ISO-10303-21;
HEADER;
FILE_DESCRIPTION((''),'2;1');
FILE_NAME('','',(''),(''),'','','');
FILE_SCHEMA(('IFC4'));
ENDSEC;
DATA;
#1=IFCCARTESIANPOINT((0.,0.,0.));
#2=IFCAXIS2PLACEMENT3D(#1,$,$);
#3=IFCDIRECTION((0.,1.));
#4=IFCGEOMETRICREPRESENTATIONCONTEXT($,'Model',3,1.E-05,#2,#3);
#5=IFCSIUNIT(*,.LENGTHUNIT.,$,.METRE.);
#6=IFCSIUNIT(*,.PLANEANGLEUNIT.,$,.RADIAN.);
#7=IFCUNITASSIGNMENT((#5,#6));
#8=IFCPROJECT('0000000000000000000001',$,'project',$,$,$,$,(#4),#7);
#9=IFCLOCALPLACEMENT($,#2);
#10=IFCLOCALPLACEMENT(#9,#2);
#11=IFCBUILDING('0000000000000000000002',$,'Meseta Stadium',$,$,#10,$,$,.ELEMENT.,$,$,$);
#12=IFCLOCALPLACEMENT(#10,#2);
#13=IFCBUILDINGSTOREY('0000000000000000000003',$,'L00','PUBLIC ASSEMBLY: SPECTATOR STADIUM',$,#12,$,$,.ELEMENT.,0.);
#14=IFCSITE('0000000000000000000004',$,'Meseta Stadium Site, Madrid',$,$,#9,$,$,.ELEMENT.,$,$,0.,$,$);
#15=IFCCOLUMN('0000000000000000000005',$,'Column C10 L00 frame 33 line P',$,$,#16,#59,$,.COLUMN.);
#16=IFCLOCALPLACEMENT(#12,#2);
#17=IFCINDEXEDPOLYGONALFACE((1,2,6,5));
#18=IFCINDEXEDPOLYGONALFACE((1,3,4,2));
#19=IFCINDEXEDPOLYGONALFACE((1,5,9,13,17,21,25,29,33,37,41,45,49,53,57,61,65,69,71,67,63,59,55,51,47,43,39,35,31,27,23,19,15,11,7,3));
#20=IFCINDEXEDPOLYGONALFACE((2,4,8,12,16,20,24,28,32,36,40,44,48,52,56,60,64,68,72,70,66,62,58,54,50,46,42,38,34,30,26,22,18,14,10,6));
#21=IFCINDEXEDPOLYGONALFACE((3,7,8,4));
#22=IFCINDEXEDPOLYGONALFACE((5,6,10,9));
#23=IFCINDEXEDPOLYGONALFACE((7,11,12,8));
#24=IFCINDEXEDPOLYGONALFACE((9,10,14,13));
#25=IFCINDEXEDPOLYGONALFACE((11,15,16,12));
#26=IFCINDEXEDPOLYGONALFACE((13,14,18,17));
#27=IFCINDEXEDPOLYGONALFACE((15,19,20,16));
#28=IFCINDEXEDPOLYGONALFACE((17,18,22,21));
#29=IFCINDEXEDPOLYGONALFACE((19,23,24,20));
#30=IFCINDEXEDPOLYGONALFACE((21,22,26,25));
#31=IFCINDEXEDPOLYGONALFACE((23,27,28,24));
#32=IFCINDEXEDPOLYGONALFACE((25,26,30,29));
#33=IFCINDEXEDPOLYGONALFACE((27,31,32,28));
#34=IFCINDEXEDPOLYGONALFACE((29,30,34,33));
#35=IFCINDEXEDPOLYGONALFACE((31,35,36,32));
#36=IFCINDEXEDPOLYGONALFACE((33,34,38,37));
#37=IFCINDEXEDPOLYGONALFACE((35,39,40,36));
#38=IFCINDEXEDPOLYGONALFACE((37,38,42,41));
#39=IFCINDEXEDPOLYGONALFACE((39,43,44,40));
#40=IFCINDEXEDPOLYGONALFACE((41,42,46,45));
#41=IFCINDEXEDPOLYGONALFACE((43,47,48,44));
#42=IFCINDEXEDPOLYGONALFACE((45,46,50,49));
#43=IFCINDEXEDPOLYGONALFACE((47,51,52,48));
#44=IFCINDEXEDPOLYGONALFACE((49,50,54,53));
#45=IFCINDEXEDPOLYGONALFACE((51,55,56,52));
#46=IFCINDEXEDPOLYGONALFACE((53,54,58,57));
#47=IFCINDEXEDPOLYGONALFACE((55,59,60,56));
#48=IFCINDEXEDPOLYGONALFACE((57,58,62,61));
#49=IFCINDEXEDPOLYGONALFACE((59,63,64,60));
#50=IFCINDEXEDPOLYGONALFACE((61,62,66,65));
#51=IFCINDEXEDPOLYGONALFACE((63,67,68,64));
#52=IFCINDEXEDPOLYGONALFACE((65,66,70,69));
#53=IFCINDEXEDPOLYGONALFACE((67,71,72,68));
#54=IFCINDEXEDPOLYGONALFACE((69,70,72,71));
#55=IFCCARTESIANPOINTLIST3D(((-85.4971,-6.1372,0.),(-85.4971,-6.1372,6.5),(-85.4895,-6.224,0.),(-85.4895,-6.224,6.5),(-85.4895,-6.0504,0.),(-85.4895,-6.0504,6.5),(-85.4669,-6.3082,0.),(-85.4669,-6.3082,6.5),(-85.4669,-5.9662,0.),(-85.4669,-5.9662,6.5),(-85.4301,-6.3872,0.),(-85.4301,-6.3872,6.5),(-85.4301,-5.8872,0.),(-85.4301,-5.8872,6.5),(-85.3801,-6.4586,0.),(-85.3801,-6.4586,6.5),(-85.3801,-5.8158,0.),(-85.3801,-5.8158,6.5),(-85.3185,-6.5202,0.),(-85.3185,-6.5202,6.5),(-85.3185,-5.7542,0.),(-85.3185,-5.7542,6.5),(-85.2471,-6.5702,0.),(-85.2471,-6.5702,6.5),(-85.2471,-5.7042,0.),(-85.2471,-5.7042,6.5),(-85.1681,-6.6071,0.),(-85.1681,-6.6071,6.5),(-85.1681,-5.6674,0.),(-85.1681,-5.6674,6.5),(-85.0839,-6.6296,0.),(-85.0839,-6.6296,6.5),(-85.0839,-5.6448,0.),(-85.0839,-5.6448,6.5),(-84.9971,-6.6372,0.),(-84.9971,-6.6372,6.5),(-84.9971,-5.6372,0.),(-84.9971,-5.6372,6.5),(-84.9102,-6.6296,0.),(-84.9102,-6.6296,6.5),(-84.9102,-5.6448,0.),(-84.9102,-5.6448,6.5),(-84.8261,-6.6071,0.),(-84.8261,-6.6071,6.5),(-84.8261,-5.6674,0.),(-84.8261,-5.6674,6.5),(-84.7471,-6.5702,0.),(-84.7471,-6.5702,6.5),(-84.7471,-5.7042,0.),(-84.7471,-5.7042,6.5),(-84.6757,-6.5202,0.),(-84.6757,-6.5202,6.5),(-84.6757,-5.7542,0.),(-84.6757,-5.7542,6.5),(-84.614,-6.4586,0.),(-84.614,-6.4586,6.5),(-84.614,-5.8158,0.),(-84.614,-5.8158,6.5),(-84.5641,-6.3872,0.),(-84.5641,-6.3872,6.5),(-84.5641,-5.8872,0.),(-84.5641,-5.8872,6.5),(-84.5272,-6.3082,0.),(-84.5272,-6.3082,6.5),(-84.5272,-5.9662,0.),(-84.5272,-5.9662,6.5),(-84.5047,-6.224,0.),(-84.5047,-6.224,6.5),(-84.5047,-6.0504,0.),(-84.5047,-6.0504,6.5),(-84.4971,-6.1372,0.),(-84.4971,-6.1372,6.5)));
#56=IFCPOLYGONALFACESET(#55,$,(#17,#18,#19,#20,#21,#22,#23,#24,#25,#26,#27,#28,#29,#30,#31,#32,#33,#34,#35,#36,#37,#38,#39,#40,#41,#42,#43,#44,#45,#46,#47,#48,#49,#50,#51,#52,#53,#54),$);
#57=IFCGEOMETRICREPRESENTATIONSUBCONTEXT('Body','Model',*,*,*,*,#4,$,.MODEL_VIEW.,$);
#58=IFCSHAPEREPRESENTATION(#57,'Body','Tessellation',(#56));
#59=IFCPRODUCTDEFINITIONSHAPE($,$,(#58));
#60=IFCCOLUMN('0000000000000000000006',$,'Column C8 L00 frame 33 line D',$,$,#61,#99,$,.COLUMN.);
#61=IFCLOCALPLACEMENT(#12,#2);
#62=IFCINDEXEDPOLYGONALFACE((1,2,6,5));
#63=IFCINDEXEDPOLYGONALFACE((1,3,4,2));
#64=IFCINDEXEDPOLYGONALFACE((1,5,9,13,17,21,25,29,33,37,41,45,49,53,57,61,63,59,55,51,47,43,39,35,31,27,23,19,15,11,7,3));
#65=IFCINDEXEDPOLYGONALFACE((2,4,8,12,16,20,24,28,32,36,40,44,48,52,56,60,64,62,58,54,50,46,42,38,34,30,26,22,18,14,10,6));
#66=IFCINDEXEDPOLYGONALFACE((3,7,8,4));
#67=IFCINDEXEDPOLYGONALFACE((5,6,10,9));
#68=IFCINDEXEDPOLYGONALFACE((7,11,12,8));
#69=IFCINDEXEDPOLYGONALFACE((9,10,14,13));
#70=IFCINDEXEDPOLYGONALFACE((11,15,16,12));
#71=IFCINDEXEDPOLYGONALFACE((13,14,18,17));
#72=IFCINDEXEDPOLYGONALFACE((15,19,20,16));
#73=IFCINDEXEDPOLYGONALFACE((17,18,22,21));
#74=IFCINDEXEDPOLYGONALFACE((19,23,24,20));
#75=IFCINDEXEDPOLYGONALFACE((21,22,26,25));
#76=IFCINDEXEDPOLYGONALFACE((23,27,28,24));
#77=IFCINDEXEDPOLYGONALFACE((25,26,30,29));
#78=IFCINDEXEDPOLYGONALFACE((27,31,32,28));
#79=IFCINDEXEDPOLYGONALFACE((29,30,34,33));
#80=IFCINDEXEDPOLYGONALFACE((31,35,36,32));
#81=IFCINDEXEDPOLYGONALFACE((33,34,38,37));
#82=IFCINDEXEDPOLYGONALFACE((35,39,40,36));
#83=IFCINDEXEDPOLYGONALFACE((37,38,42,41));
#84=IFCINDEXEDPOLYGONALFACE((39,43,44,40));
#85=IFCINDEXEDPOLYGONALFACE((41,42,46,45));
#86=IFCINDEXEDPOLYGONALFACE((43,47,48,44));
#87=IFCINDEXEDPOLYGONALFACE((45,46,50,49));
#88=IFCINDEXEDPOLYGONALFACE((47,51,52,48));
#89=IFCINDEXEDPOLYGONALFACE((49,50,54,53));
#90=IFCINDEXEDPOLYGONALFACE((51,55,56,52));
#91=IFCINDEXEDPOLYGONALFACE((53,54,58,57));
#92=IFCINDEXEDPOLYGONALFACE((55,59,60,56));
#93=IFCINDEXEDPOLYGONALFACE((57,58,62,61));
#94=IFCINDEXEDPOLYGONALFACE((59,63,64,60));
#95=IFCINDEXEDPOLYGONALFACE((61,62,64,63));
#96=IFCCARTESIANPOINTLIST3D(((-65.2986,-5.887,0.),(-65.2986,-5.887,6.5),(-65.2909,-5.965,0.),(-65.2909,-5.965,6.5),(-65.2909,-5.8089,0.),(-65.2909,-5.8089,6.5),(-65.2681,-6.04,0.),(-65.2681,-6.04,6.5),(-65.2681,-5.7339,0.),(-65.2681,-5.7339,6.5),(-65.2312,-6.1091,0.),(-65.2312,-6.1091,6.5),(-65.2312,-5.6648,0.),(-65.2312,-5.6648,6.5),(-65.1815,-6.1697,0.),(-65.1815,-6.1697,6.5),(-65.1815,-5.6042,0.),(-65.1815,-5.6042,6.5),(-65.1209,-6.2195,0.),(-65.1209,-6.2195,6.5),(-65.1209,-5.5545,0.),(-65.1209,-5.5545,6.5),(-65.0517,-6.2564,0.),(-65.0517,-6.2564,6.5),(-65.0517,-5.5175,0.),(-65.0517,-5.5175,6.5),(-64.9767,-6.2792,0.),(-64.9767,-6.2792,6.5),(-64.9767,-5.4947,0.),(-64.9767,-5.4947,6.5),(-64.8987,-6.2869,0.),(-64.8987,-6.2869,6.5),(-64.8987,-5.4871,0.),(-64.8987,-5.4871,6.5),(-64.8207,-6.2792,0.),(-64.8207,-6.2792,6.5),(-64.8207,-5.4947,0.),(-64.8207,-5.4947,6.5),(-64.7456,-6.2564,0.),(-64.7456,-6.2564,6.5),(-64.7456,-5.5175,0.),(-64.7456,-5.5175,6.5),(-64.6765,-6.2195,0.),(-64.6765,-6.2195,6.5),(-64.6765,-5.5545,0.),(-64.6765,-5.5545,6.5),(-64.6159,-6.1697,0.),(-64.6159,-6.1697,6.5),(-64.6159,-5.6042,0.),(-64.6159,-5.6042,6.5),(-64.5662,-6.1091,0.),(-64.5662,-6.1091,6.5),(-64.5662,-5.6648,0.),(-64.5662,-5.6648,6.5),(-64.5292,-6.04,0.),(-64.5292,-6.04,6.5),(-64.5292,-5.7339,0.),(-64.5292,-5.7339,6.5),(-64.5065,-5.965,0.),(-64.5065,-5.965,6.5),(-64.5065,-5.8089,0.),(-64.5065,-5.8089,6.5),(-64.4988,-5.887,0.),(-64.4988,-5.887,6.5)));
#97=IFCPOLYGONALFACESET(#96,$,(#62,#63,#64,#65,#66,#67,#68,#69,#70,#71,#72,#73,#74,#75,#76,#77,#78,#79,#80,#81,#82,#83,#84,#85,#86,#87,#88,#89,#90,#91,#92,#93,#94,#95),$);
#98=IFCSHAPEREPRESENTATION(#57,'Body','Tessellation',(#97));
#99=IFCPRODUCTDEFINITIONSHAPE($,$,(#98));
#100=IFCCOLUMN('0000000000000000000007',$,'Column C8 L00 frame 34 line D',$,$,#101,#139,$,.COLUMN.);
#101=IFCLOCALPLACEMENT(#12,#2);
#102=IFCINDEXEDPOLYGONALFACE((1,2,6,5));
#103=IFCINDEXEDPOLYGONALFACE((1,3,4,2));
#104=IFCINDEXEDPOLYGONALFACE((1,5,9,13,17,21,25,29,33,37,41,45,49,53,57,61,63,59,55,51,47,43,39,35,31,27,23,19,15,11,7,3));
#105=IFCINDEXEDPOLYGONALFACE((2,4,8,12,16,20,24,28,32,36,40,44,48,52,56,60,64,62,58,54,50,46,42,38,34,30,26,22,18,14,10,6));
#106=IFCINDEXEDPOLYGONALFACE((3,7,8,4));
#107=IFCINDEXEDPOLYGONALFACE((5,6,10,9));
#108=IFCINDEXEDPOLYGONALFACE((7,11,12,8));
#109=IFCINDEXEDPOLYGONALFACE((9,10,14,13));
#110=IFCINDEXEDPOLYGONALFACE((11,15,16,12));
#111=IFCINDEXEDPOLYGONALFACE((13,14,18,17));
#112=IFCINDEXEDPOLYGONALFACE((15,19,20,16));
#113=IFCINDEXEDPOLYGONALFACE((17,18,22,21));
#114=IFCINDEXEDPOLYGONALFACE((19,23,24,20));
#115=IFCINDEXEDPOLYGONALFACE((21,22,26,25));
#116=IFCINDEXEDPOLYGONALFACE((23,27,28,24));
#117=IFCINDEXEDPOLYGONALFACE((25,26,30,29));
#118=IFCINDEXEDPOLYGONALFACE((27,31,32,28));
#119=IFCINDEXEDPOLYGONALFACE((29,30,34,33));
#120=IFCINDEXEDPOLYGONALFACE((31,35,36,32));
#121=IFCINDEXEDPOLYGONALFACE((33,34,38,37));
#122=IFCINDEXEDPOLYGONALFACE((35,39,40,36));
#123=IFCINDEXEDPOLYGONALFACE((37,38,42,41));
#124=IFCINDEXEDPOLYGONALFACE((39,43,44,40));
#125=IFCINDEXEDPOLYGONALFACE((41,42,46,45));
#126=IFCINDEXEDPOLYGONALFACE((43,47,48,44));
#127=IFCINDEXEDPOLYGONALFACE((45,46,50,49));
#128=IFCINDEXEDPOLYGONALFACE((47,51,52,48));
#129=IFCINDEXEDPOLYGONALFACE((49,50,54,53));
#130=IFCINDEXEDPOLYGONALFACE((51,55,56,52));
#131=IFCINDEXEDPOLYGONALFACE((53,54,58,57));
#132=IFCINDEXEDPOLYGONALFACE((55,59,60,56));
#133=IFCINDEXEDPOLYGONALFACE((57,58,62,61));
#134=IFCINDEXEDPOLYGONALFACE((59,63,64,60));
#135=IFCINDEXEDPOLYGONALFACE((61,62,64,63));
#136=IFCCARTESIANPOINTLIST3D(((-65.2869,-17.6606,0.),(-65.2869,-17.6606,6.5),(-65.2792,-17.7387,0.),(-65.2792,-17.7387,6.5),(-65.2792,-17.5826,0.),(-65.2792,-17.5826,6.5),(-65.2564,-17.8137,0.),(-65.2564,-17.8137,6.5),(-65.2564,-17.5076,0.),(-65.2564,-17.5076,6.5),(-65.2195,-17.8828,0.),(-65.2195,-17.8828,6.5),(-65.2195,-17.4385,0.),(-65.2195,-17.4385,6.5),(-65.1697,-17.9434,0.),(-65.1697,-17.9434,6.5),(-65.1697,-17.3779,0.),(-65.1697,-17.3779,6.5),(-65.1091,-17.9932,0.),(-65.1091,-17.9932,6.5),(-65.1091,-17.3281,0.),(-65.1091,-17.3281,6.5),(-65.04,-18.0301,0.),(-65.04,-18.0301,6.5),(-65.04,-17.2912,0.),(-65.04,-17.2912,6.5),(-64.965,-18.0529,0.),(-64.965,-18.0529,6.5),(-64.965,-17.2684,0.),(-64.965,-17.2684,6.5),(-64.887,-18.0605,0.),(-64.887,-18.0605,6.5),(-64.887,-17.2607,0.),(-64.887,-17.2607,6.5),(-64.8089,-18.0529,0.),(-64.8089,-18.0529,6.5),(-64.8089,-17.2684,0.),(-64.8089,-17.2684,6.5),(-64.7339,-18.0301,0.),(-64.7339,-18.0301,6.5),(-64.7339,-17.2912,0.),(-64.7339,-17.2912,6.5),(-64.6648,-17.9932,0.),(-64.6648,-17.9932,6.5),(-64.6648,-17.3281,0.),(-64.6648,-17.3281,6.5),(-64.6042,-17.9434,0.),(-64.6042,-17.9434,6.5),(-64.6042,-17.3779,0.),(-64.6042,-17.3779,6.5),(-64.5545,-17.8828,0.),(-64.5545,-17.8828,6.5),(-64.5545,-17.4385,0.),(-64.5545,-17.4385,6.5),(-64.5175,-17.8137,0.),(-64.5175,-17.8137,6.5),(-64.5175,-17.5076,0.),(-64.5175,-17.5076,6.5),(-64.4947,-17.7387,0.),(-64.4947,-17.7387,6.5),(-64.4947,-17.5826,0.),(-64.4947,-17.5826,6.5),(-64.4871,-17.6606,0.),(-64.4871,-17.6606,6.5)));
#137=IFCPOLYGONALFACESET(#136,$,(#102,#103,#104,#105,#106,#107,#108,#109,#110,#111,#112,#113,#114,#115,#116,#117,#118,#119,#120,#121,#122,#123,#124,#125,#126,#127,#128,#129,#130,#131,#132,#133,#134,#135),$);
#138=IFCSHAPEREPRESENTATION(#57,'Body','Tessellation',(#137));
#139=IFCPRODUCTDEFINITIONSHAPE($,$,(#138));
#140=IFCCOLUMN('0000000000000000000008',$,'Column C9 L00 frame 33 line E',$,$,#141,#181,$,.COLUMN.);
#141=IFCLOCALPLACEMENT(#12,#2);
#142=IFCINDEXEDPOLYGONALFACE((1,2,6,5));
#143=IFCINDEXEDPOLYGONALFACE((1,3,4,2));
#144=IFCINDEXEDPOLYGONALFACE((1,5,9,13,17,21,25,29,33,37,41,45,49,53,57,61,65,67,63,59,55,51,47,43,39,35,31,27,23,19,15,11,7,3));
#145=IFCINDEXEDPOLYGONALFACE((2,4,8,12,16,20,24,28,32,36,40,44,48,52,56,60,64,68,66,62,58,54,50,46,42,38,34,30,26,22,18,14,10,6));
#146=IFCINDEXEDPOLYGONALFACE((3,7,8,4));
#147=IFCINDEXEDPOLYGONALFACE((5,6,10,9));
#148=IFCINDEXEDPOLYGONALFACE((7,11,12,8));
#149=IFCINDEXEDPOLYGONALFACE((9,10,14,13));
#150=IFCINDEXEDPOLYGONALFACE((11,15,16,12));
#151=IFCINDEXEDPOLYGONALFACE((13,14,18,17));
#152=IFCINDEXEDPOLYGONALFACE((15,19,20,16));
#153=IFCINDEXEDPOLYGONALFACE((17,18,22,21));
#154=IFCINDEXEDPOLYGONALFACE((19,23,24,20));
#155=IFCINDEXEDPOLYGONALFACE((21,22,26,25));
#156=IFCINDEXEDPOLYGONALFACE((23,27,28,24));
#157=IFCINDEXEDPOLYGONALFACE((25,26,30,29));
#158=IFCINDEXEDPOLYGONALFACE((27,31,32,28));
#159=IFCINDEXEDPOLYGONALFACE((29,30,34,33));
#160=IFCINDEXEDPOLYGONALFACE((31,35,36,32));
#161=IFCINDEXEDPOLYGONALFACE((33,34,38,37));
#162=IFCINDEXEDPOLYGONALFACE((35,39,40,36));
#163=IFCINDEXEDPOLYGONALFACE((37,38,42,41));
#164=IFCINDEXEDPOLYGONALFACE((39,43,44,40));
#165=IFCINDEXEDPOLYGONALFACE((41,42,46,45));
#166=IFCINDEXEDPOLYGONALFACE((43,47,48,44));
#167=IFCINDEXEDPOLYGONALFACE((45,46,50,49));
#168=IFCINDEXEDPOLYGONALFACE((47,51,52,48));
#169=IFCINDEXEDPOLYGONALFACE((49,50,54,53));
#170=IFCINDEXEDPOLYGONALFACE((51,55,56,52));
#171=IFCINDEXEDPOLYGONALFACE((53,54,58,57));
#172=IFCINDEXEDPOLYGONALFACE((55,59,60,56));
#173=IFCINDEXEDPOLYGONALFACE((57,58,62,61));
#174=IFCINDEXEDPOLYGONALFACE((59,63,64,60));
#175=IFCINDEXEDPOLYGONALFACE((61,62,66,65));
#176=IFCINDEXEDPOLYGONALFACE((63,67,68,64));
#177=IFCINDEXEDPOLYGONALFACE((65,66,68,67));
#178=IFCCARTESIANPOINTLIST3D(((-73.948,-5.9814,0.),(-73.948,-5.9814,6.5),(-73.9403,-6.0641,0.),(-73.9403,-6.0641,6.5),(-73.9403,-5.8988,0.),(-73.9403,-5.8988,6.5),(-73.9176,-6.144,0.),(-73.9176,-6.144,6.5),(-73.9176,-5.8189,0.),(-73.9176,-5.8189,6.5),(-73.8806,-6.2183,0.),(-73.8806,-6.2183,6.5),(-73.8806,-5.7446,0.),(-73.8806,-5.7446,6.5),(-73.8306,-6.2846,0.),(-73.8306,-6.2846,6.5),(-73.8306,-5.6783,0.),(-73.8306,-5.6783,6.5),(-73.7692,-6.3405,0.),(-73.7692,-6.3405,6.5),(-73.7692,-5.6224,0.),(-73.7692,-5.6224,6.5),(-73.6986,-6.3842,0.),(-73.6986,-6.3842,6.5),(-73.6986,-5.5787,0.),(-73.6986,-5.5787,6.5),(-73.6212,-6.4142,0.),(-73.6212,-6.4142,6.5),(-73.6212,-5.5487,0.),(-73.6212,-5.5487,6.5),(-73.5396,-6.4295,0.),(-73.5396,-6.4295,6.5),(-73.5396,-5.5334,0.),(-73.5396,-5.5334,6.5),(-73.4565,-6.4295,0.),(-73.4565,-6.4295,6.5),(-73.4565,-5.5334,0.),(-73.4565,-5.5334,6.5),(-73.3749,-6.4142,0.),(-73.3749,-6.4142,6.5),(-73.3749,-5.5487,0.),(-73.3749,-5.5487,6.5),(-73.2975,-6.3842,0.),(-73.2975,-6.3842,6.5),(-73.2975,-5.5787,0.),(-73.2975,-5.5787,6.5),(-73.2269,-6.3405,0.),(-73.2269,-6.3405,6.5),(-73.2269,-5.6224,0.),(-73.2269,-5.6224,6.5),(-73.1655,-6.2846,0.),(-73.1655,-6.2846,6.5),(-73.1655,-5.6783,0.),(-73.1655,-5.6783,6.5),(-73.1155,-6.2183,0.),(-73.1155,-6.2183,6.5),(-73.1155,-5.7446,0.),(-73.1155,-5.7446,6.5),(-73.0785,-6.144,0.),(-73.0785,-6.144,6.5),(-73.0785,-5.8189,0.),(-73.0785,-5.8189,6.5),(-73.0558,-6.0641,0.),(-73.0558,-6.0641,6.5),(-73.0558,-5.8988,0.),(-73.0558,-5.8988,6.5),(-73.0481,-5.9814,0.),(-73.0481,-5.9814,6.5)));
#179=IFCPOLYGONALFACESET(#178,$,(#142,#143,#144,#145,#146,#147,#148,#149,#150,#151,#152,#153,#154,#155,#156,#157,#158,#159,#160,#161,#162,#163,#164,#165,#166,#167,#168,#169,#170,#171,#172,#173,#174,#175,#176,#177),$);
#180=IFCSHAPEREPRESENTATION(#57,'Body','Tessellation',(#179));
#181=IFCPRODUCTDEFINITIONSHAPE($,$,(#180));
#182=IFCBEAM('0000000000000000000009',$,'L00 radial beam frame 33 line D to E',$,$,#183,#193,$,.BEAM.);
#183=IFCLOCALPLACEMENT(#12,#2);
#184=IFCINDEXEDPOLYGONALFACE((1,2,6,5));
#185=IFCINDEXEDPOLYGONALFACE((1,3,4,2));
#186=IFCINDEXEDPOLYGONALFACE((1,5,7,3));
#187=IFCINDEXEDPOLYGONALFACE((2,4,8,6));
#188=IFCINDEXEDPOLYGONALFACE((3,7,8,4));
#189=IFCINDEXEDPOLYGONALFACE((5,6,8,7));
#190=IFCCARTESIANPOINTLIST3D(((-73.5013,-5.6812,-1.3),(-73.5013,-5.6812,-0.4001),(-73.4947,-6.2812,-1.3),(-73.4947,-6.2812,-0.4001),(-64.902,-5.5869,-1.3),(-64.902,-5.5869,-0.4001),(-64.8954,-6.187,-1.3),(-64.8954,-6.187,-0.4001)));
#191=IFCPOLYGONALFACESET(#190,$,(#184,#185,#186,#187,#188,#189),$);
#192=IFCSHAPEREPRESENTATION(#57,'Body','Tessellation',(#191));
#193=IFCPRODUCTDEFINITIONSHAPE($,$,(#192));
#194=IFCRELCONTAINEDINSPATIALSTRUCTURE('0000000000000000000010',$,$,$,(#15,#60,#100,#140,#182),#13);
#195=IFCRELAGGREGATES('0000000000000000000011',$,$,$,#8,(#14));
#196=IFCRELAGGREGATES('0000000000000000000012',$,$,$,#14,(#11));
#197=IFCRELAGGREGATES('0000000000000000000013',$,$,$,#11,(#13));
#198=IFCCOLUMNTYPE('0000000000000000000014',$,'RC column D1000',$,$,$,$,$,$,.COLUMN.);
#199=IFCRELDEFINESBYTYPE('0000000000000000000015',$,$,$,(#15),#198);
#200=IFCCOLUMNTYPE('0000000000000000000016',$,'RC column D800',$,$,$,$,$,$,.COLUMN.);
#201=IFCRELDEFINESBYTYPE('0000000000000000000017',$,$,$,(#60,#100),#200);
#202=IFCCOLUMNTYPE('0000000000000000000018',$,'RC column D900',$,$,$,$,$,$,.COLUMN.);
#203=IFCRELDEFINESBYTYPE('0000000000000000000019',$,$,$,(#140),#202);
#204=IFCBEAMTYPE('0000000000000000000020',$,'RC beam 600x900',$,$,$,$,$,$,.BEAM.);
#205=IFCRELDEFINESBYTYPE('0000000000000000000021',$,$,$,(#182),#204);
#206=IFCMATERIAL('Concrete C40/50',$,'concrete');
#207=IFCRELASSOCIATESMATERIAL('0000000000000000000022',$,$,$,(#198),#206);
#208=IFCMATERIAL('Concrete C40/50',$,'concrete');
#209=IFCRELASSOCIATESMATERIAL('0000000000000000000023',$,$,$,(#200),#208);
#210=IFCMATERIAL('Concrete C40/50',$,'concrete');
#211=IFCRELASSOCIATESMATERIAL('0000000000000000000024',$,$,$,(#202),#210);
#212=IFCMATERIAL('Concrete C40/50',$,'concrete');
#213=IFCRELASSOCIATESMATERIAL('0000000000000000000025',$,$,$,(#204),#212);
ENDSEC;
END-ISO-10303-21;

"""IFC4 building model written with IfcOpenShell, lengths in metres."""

from ifc_helpers import new_model, si_unit, direction, frame, origin, origin_2d, place, context, subcontext, project, spatial, rectangle, circle, extrude, material, material_profile, profile_set, type_object, element, save


model = new_model("IFC4")

# Units and contexts
model_context = context("Model", 3, precision=1e-05, world=origin(), true_north=direction((0.0, 1.0)))
body_context = subcontext(model_context, "Body", "Model", "MODEL_VIEW")
ifc_project = project(units=[si_unit("LENGTHUNIT", "METRE"), si_unit("PLANEANGLEUNIT", "RADIAN")], contexts=[model_context])

# Site, building, storey
site_placement = place(None, origin())
site = spatial("IfcSite", under=ifc_project, at=site_placement, Name="Meseta Stadium Site, Madrid", CompositionType="ELEMENT", RefElevation=0.0)
building_placement = place(site_placement, origin())
building = spatial("IfcBuilding", under=site, at=building_placement, Name="Meseta Stadium", CompositionType="ELEMENT")
storey_placement = place(building_placement, origin())
storey = spatial("IfcBuildingStorey", under=building, at=storey_placement, Name="L00", Description="PUBLIC ASSEMBLY: SPECTATOR STADIUM", CompositionType="ELEMENT", Elevation=0.0)

# Columns
ifc_material_1 = material(Name="Concrete C40/50", Category="concrete")
ifc_material_profile_1 = material_profile(ifc_material_1, circle(Radius=0.5, at=origin_2d()), Name="RC D1000")
ifc_profile_set_1 = profile_set([ifc_material_profile_1], Name="Concrete C40/50")
column_type_1 = type_object("IfcColumnType", Name="RC column D1000", PredefinedType="COLUMN", material=ifc_profile_set_1)
column_1_placement = place(storey_placement, frame((-84.9971, -6.1372, 0.0), z_axis=(0.0, 0.0, 1.0), x_axis=(1.0, 0.0, 0.0)))
element("IfcColumn", 1, at=column_1_placement, inside=storey, type_object=column_type_1, Name="Column C10 L00 frame 33 line P", PredefinedType="COLUMN", context=body_context, shape_type="SweptSolid", body=[
    extrude(circle(Radius=0.5, at=origin_2d()), origin(), (0.0, 0.0, 1.0), 6.5),
])
ifc_material_2 = material(Name="Concrete C40/50", Category="concrete")
ifc_material_profile_2 = material_profile(ifc_material_2, circle(Radius=0.3999, at=origin_2d()), Name="RC D800")
ifc_profile_set_2 = profile_set([ifc_material_profile_2], Name="Concrete C40/50")
column_type_2 = type_object("IfcColumnType", Name="RC column D800", PredefinedType="COLUMN", material=ifc_profile_set_2)
for number, where, z_axis, x_axis, name in (
    (2, (-64.8987, -5.887, 0.0), (0.0, 0.0, 1.0), (1.0, 0.0, 0.0), "Column C8 L00 frame 33 line D"),
    (3, (-64.887, -17.6606, 0.0), (0.0, 0.0, 1.0), (1.0, 0.0, 0.0), "Column C8 L00 frame 34 line D"),
):
    element("IfcColumn", number, at=place(storey_placement, frame(where, z_axis=z_axis, x_axis=x_axis)), inside=storey, type_object=column_type_2, Name=name, PredefinedType="COLUMN", context=body_context, shape_type="SweptSolid", body=[
        extrude(circle(Radius=0.3999, at=origin_2d()), origin(), (0.0, 0.0, 1.0), 6.5),
    ])
ifc_material_3 = material(Name="Concrete C40/50", Category="concrete")
ifc_material_profile_3 = material_profile(ifc_material_3, circle(Radius=0.45, at=origin_2d()), Name="RC D900")
ifc_profile_set_3 = profile_set([ifc_material_profile_3], Name="Concrete C40/50")
column_type_3 = type_object("IfcColumnType", Name="RC column D900", PredefinedType="COLUMN", material=ifc_profile_set_3)
column_2_placement = place(storey_placement, frame((-73.498, -5.9814, 0.0), z_axis=(0.0, 0.0, 1.0), x_axis=(1.0, 0.0, 0.0)))
element("IfcColumn", 4, at=column_2_placement, inside=storey, type_object=column_type_3, Name="Column C9 L00 frame 33 line E", PredefinedType="COLUMN", context=body_context, shape_type="SweptSolid", body=[
    extrude(circle(Radius=0.45, at=origin_2d()), origin(), (0.0, 0.0, 1.0), 6.5),
])

# Beam
ifc_material_4 = material(Name="Concrete C40/50", Category="concrete")
ifc_material_profile_4 = material_profile(ifc_material_4, rectangle(XDim=0.6001, YDim=0.8999, at=origin_2d()), Name="RC 600x900")
ifc_profile_set_4 = profile_set([ifc_material_profile_4], Name="Concrete C40/50")
beam_type_1 = type_object("IfcBeamType", Name="RC beam 600x900", PredefinedType="BEAM", material=ifc_profile_set_4)
for number, where, z_axis, x_axis, name in (
    (5, (-64.8987, -5.887, -0.8501), (-0.99994, -0.010958, 0.0), (0.010958, -0.99994, 0.0), "L00 radial beam frame 33 line D to E"),
):
    element("IfcBeam", number, at=place(storey_placement, frame(where, z_axis=z_axis, x_axis=x_axis)), inside=storey, type_object=beam_type_1, Name=name, PredefinedType="BEAM", context=body_context, shape_type="SweptSolid", body=[
        extrude(rectangle(XDim=0.6001, YDim=0.8999, at=origin_2d()), origin(), (0.0, 0.0, 1.0), 8.5999),
    ])

save(model, "model.ifc")
